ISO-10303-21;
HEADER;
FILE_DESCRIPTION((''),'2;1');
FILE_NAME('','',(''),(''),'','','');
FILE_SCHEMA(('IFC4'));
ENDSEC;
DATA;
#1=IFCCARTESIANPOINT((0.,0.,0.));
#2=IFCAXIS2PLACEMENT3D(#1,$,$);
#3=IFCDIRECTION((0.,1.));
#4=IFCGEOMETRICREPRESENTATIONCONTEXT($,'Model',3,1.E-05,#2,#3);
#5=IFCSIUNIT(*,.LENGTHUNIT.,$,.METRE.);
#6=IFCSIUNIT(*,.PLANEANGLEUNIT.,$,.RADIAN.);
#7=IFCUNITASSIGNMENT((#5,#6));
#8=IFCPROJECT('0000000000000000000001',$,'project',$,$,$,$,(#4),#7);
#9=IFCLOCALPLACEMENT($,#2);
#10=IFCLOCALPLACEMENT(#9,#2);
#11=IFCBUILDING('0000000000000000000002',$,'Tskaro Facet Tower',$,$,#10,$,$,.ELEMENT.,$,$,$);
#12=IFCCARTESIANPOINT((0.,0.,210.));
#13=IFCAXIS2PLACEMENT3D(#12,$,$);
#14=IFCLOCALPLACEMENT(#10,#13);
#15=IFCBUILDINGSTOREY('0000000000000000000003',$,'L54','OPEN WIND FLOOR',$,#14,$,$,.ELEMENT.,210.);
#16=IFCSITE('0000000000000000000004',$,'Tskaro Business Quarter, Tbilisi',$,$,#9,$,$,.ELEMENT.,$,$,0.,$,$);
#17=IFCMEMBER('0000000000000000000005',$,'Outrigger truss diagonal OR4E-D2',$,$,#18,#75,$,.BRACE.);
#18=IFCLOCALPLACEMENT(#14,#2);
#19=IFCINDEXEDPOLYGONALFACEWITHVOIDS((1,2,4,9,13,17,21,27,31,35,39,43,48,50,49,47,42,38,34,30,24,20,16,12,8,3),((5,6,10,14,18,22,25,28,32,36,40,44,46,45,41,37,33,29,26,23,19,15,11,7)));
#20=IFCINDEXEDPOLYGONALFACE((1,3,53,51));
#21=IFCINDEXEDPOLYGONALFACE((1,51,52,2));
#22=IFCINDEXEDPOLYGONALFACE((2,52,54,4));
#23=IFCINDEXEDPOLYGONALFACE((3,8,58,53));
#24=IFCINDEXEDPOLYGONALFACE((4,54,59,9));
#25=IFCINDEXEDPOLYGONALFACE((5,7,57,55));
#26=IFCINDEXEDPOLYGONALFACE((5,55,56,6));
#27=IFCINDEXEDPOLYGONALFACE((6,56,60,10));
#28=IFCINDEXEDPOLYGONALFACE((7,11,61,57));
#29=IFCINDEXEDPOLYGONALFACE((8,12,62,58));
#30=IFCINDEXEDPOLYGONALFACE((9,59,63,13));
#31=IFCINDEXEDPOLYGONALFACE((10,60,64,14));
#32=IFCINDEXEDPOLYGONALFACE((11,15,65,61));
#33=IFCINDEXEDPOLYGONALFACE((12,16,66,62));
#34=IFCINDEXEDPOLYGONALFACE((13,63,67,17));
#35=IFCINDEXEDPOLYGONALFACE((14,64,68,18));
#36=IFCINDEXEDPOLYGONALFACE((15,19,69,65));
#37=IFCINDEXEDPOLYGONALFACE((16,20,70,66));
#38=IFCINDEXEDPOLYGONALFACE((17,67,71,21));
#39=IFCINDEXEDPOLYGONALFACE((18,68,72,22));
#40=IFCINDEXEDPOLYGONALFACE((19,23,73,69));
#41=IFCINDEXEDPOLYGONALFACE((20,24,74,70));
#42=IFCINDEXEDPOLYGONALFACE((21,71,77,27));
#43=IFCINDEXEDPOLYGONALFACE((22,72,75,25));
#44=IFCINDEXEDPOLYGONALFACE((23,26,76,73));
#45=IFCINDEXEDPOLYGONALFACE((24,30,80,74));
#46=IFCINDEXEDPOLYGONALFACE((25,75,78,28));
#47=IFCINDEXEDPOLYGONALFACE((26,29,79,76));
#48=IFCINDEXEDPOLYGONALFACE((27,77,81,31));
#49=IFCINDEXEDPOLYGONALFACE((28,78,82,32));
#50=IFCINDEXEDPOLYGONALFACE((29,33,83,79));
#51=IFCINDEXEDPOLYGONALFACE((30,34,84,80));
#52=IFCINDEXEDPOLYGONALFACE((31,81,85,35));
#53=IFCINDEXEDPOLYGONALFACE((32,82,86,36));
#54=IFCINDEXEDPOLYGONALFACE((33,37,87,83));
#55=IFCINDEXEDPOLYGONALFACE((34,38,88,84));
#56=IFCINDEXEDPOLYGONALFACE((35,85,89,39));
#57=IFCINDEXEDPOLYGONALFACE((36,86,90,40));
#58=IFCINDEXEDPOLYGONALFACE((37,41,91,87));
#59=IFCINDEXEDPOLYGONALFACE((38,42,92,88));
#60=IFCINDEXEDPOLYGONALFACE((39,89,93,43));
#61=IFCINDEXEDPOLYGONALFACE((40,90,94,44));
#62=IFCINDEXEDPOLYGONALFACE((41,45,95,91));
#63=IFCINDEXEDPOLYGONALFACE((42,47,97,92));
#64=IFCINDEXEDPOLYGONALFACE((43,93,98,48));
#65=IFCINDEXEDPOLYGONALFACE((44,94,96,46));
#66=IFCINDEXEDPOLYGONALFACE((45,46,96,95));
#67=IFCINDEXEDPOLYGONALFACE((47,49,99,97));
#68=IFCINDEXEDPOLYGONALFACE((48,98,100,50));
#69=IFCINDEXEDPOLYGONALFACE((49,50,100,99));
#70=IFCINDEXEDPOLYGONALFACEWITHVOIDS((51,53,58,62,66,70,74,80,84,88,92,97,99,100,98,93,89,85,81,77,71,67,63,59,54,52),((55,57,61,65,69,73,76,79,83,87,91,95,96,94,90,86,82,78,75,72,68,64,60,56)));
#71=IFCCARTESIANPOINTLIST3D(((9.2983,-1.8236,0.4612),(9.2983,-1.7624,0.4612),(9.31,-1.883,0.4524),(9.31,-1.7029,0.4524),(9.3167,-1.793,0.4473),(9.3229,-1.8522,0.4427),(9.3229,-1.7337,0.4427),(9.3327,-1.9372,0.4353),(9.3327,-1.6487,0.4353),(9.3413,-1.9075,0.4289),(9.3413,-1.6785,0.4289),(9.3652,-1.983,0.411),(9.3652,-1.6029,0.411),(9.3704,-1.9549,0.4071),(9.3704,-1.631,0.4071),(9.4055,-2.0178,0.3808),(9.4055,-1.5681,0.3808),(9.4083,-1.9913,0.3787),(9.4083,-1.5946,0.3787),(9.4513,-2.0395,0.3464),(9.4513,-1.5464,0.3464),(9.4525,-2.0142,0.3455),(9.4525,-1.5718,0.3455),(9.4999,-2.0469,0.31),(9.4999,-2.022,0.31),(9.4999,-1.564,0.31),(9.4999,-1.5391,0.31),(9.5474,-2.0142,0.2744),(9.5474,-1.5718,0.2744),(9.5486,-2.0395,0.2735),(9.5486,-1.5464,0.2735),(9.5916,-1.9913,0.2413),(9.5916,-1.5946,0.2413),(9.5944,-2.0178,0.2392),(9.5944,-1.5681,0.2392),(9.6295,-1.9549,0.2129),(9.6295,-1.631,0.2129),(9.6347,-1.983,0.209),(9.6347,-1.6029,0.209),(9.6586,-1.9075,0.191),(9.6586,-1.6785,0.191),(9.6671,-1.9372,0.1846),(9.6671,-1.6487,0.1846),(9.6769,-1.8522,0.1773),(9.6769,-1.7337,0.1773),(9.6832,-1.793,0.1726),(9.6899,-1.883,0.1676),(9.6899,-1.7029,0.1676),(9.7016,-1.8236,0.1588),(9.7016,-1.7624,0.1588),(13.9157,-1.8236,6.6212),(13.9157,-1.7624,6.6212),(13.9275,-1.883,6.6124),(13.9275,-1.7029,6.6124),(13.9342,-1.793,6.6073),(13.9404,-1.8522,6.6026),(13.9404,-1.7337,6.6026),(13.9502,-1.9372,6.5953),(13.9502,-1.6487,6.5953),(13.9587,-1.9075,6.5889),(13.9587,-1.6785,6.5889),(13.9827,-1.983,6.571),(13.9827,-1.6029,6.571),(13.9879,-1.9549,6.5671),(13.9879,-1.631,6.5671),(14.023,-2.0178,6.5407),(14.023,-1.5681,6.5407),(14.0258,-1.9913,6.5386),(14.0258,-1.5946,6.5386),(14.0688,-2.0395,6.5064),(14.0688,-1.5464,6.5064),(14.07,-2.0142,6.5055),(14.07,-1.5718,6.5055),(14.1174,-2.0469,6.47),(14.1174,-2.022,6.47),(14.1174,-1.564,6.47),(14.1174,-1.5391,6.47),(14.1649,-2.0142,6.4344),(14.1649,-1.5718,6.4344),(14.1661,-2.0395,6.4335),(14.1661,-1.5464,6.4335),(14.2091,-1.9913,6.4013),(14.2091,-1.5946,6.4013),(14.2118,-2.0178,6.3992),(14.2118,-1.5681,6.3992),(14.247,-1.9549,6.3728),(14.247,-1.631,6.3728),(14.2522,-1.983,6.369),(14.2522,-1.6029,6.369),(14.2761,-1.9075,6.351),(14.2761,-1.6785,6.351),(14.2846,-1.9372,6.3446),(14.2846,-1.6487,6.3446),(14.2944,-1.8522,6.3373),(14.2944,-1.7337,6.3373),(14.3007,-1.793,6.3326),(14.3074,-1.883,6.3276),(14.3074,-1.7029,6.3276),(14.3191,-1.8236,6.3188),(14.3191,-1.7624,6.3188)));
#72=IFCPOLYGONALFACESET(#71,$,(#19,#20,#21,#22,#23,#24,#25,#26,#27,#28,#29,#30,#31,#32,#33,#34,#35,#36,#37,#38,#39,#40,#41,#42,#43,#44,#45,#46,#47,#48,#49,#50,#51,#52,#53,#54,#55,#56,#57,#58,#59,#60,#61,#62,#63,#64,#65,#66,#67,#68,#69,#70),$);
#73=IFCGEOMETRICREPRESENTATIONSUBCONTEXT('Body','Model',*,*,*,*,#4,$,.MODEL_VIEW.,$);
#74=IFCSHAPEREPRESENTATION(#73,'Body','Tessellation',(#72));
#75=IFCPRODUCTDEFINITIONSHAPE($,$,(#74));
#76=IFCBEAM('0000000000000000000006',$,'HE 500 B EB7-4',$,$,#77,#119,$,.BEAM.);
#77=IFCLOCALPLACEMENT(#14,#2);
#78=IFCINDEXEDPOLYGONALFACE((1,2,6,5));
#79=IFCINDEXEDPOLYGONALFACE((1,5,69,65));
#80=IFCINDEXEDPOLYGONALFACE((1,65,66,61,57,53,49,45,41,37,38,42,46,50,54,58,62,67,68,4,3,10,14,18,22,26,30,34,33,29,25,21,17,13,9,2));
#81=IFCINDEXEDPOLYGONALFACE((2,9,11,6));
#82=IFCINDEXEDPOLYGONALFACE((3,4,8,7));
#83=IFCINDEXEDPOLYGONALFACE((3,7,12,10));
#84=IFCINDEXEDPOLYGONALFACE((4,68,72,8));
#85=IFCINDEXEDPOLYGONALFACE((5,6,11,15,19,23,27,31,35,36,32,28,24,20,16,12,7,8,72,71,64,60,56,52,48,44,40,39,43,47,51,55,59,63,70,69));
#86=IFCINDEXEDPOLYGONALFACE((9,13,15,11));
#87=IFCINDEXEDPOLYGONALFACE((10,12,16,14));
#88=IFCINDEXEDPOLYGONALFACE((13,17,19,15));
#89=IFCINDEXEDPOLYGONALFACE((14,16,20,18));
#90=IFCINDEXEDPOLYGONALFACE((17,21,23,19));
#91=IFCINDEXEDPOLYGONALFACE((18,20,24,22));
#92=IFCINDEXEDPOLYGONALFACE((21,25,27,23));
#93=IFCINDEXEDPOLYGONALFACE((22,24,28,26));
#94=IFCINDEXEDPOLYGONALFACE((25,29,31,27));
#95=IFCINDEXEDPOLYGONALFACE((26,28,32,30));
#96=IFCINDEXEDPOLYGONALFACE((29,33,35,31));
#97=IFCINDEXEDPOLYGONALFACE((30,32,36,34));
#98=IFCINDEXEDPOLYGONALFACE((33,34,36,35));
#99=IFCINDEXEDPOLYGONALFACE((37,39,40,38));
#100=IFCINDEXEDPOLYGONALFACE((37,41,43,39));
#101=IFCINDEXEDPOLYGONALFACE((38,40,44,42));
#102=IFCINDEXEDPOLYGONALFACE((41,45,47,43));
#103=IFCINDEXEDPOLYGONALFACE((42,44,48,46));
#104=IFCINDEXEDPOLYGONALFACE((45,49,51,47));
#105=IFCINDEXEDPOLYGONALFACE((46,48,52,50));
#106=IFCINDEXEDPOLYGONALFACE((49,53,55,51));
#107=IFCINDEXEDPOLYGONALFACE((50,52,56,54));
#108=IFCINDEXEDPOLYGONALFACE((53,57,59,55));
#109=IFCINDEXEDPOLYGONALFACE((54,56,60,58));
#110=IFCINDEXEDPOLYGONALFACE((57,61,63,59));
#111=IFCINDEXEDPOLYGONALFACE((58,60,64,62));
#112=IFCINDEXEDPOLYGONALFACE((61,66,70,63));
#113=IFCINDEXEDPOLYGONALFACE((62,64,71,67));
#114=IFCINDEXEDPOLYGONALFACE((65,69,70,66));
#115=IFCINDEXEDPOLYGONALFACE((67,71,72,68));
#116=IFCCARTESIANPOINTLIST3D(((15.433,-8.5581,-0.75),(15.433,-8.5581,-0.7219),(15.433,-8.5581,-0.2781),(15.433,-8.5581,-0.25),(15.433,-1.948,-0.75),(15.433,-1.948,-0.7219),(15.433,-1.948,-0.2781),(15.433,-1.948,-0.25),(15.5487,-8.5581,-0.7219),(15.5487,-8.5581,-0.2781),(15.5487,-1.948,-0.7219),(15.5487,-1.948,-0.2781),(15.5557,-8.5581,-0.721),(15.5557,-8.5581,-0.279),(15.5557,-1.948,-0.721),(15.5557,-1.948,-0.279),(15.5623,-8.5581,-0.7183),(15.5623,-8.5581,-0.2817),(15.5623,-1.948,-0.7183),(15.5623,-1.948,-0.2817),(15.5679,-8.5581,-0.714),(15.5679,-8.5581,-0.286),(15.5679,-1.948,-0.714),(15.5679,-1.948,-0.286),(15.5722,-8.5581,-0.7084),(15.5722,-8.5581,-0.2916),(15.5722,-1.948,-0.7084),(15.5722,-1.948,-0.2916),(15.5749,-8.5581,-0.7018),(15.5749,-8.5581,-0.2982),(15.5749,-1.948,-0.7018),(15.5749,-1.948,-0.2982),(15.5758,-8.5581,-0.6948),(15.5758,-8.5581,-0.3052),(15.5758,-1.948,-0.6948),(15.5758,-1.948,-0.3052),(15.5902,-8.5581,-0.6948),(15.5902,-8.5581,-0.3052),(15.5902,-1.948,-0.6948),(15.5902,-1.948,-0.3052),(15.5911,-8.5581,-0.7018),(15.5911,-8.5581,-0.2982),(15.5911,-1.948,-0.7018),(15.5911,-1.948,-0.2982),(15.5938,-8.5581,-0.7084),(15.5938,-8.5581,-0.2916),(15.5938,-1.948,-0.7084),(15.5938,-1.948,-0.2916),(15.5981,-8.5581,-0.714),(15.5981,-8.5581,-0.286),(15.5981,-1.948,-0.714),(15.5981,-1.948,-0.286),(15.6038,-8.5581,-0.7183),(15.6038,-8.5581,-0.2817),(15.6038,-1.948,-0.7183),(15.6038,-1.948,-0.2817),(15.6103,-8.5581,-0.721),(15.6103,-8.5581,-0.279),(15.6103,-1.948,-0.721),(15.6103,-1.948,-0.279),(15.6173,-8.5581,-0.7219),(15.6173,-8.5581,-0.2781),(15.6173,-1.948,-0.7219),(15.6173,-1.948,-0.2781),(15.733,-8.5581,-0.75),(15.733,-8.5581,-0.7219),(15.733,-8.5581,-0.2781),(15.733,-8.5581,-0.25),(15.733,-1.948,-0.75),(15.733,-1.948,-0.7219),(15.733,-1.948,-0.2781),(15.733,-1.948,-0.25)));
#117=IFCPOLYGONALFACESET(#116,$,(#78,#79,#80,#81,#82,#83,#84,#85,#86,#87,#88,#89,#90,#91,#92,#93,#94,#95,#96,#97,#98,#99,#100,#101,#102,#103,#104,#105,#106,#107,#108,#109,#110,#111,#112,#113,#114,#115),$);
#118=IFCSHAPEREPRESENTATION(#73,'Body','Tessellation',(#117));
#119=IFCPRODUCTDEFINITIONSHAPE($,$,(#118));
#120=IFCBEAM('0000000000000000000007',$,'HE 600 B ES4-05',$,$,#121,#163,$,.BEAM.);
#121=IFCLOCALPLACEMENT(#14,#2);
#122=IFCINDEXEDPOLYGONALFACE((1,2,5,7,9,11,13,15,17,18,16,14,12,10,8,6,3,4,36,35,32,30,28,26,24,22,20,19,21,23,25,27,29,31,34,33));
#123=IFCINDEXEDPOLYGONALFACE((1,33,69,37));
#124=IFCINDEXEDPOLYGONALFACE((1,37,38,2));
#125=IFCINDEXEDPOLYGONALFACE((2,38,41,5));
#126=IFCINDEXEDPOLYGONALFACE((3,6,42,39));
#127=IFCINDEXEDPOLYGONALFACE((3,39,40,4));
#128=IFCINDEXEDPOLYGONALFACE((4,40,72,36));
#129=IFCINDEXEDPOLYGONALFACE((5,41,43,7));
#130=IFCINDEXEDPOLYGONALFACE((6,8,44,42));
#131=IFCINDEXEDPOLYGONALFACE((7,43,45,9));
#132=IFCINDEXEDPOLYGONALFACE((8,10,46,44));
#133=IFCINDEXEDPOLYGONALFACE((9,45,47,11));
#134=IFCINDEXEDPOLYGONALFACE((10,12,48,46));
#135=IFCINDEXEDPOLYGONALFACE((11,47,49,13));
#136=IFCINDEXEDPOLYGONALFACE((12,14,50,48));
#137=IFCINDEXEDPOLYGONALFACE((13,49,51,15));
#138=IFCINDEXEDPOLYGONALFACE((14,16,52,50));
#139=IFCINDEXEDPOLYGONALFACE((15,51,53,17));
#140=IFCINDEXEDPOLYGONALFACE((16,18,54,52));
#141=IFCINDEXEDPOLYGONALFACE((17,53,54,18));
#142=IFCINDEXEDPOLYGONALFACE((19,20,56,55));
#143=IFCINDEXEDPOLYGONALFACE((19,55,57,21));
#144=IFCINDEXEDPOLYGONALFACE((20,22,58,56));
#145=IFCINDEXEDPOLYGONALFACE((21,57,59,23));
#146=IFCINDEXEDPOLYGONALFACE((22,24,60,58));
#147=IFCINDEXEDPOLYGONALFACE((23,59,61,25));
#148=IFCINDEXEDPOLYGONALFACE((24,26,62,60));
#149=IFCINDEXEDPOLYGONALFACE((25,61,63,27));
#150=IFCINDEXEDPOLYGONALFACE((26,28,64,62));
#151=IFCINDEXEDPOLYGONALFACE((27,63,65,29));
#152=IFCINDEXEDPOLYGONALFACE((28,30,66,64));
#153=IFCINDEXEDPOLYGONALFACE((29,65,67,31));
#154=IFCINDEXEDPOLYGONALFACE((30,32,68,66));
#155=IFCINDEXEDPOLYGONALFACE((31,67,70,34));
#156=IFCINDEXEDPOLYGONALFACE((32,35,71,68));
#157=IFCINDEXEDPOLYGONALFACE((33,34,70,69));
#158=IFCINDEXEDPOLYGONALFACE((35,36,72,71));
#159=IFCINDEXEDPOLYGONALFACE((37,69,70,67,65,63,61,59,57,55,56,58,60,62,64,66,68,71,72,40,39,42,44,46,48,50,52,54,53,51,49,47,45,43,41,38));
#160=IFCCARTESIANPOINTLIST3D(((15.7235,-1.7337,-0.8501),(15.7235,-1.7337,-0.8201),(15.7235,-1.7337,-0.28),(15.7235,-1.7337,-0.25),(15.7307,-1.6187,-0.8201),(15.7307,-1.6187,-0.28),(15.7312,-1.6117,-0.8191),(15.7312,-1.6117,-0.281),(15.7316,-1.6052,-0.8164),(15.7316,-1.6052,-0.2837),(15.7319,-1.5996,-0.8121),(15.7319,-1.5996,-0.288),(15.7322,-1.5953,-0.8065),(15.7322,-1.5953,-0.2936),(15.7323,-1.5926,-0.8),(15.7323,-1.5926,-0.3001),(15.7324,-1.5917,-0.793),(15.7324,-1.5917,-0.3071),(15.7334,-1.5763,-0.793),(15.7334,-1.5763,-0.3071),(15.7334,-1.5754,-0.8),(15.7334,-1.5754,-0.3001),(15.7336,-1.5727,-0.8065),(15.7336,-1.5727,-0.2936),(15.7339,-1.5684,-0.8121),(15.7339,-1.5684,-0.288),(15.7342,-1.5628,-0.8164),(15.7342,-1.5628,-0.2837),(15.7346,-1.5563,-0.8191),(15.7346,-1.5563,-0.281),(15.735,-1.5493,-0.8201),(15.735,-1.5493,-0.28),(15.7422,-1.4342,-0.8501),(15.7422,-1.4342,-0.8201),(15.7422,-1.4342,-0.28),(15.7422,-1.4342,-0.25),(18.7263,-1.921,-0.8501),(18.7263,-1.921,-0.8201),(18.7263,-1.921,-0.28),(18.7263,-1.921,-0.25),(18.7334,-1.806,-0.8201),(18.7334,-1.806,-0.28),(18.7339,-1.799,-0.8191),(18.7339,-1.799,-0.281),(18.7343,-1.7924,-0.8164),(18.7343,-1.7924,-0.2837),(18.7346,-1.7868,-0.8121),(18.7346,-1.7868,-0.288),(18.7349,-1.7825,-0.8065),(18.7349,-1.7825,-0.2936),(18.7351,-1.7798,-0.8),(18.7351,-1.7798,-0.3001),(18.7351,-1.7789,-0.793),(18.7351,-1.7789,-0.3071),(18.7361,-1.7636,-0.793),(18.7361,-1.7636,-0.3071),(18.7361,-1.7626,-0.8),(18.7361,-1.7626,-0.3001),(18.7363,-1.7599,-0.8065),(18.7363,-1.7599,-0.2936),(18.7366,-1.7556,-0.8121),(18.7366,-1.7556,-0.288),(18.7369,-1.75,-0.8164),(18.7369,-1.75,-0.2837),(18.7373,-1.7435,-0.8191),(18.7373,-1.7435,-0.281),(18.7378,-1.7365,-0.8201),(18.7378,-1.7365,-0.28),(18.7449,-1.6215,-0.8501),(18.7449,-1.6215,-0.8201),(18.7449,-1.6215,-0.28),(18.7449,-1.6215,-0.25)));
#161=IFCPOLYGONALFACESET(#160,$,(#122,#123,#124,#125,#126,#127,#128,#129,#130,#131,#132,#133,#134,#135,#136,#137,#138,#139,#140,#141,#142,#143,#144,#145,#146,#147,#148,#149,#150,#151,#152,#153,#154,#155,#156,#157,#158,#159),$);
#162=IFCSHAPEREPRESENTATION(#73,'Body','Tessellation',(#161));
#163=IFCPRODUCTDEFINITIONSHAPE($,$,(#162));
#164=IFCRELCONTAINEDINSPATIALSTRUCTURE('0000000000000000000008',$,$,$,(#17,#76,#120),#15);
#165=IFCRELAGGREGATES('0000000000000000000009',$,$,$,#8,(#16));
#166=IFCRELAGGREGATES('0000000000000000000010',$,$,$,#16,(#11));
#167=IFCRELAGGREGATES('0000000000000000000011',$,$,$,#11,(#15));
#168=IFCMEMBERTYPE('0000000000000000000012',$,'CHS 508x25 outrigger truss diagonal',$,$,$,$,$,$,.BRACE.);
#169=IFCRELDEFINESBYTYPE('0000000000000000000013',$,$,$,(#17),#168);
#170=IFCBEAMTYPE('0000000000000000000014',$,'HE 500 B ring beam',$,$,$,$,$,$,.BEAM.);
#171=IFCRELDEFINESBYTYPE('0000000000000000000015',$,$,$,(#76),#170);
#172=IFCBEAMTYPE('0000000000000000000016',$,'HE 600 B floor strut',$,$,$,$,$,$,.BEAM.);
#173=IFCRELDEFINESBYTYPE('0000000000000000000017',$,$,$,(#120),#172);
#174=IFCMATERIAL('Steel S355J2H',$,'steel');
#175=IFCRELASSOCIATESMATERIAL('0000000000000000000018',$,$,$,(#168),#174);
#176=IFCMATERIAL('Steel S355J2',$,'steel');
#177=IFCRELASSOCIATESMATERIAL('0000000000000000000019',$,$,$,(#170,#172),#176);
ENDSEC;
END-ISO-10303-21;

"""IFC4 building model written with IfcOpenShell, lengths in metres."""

from ifc_helpers import new_model, si_unit, direction, frame, origin, origin_2d, place, context, subcontext, project, spatial, hollow_circle, i_section, extrude, material, material_profile, profile_set, type_object, element, save


model = new_model("IFC4")

# Units and contexts
model_context = context("Model", 3, precision=1e-05, world=origin(), true_north=direction((0.0, 1.0)))
body_context = subcontext(model_context, "Body", "Model", "MODEL_VIEW")
ifc_project = project(units=[si_unit("LENGTHUNIT", "METRE"), si_unit("PLANEANGLEUNIT", "RADIAN")], contexts=[model_context])

# Site, building, storey
site_placement = place(None, origin())
site = spatial("IfcSite", under=ifc_project, at=site_placement, Name="Tskaro Business Quarter, Tbilisi", CompositionType="ELEMENT", RefElevation=0.0)
building_placement = place(site_placement, origin())
building = spatial("IfcBuilding", under=site, at=building_placement, Name="Tskaro Facet Tower", CompositionType="ELEMENT")
storey_placement = place(building_placement, frame((0.0, 0.0, 210.0)))
storey = spatial("IfcBuildingStorey", under=building, at=storey_placement, Name="L54", Description="OPEN WIND FLOOR", CompositionType="ELEMENT", Elevation=210.0)

# Shared definitions
ifc_material_1 = material(Name="Steel S355J2H", Category="steel")

# Shared definitions
ifc_material_2 = material(Name="Steel S355J2", Category="steel")

# Member
ifc_material_profile_1 = material_profile(ifc_material_1, hollow_circle(Radius=0.2539, WallThickness=0.0249, at=origin_2d()), Name="CHS 508x25")
ifc_profile_set_1 = profile_set([ifc_material_profile_1], Name="Steel S355J2H")
member_type_1 = type_object("IfcMemberType", Name="CHS 508x25 outrigger truss diagonal", PredefinedType="BRACE", material=ifc_profile_set_1)
for number, where, z_axis, x_axis, name in (
    (1, (14.1174, -1.793, 6.47), (-0.599792, 0.0, -0.800156), (0.0, -1.0, 0.0), "Outrigger truss diagonal OR4E-D2"),
):
    element("IfcMember", number, at=place(storey_placement, frame(where, z_axis=z_axis, x_axis=x_axis)), inside=storey, type_object=member_type_1, Name=name, PredefinedType="BRACE", context=body_context, shape_type="SweptSolid", body=[
        extrude(hollow_circle(Radius=0.2539, WallThickness=0.0249, at=origin_2d()), origin(), (0.0, 0.0, 1.0), 7.6985),
    ])

# Beams
ifc_material_profile_2 = material_profile(ifc_material_2, i_section(OverallWidth=0.3, OverallDepth=0.5, WebThickness=0.0144, FlangeThickness=0.0281, FilletRadius=0.0271, at=origin_2d()), Name="HE 500 B")
ifc_profile_set_2 = profile_set([ifc_material_profile_2], Name="Steel S355J2")
beam_type_1 = type_object("IfcBeamType", Name="HE 500 B ring beam", PredefinedType="BEAM", material=ifc_profile_set_2)
beam_1_placement = place(storey_placement, frame((15.583, -8.5581, -0.5), z_axis=(0.0, 1.0, 0.0), x_axis=(-1.0, 0.0, 0.0)))
element("IfcBeam", 2, at=beam_1_placement, inside=storey, type_object=beam_type_1, Name="HE 500 B EB7-4", PredefinedType="BEAM", context=body_context, shape_type="SweptSolid", body=[
    extrude(i_section(OverallWidth=0.3, OverallDepth=0.5, WebThickness=0.0144, FlangeThickness=0.0281, FilletRadius=0.0271, at=origin_2d()), origin(), (0.0, 0.0, 1.0), 6.6101),
])
ifc_material_profile_3 = material_profile(ifc_material_2, i_section(OverallWidth=0.3, OverallDepth=0.6001, WebThickness=0.0154, FlangeThickness=0.03, FilletRadius=0.0271, at=origin_2d()), Name="HE 600 B")
ifc_profile_set_3 = profile_set([ifc_material_profile_3], Name="Steel S355J2")
beam_type_2 = type_object("IfcBeamType", Name="HE 600 B floor strut", PredefinedType="BEAM", material=ifc_profile_set_3)
beam_2_placement = place(storey_placement, frame((18.7356, -1.7712, -0.55), z_axis=(-0.998061, 0.062242, 0.0), x_axis=(-0.062242, -0.998061, 0.0)))
element("IfcBeam", 3, at=beam_2_placement, inside=storey, type_object=beam_type_2, Name="HE 600 B ES4-05", PredefinedType="BEAM", context=body_context, shape_type="SweptSolid", body=[
    extrude(i_section(OverallWidth=0.3, OverallDepth=0.6001, WebThickness=0.0154, FlangeThickness=0.03, FilletRadius=0.0271, at=origin_2d()), origin(), (0.0, 0.0, 1.0), 3.0085),
])

save(model, "model.ifc")
